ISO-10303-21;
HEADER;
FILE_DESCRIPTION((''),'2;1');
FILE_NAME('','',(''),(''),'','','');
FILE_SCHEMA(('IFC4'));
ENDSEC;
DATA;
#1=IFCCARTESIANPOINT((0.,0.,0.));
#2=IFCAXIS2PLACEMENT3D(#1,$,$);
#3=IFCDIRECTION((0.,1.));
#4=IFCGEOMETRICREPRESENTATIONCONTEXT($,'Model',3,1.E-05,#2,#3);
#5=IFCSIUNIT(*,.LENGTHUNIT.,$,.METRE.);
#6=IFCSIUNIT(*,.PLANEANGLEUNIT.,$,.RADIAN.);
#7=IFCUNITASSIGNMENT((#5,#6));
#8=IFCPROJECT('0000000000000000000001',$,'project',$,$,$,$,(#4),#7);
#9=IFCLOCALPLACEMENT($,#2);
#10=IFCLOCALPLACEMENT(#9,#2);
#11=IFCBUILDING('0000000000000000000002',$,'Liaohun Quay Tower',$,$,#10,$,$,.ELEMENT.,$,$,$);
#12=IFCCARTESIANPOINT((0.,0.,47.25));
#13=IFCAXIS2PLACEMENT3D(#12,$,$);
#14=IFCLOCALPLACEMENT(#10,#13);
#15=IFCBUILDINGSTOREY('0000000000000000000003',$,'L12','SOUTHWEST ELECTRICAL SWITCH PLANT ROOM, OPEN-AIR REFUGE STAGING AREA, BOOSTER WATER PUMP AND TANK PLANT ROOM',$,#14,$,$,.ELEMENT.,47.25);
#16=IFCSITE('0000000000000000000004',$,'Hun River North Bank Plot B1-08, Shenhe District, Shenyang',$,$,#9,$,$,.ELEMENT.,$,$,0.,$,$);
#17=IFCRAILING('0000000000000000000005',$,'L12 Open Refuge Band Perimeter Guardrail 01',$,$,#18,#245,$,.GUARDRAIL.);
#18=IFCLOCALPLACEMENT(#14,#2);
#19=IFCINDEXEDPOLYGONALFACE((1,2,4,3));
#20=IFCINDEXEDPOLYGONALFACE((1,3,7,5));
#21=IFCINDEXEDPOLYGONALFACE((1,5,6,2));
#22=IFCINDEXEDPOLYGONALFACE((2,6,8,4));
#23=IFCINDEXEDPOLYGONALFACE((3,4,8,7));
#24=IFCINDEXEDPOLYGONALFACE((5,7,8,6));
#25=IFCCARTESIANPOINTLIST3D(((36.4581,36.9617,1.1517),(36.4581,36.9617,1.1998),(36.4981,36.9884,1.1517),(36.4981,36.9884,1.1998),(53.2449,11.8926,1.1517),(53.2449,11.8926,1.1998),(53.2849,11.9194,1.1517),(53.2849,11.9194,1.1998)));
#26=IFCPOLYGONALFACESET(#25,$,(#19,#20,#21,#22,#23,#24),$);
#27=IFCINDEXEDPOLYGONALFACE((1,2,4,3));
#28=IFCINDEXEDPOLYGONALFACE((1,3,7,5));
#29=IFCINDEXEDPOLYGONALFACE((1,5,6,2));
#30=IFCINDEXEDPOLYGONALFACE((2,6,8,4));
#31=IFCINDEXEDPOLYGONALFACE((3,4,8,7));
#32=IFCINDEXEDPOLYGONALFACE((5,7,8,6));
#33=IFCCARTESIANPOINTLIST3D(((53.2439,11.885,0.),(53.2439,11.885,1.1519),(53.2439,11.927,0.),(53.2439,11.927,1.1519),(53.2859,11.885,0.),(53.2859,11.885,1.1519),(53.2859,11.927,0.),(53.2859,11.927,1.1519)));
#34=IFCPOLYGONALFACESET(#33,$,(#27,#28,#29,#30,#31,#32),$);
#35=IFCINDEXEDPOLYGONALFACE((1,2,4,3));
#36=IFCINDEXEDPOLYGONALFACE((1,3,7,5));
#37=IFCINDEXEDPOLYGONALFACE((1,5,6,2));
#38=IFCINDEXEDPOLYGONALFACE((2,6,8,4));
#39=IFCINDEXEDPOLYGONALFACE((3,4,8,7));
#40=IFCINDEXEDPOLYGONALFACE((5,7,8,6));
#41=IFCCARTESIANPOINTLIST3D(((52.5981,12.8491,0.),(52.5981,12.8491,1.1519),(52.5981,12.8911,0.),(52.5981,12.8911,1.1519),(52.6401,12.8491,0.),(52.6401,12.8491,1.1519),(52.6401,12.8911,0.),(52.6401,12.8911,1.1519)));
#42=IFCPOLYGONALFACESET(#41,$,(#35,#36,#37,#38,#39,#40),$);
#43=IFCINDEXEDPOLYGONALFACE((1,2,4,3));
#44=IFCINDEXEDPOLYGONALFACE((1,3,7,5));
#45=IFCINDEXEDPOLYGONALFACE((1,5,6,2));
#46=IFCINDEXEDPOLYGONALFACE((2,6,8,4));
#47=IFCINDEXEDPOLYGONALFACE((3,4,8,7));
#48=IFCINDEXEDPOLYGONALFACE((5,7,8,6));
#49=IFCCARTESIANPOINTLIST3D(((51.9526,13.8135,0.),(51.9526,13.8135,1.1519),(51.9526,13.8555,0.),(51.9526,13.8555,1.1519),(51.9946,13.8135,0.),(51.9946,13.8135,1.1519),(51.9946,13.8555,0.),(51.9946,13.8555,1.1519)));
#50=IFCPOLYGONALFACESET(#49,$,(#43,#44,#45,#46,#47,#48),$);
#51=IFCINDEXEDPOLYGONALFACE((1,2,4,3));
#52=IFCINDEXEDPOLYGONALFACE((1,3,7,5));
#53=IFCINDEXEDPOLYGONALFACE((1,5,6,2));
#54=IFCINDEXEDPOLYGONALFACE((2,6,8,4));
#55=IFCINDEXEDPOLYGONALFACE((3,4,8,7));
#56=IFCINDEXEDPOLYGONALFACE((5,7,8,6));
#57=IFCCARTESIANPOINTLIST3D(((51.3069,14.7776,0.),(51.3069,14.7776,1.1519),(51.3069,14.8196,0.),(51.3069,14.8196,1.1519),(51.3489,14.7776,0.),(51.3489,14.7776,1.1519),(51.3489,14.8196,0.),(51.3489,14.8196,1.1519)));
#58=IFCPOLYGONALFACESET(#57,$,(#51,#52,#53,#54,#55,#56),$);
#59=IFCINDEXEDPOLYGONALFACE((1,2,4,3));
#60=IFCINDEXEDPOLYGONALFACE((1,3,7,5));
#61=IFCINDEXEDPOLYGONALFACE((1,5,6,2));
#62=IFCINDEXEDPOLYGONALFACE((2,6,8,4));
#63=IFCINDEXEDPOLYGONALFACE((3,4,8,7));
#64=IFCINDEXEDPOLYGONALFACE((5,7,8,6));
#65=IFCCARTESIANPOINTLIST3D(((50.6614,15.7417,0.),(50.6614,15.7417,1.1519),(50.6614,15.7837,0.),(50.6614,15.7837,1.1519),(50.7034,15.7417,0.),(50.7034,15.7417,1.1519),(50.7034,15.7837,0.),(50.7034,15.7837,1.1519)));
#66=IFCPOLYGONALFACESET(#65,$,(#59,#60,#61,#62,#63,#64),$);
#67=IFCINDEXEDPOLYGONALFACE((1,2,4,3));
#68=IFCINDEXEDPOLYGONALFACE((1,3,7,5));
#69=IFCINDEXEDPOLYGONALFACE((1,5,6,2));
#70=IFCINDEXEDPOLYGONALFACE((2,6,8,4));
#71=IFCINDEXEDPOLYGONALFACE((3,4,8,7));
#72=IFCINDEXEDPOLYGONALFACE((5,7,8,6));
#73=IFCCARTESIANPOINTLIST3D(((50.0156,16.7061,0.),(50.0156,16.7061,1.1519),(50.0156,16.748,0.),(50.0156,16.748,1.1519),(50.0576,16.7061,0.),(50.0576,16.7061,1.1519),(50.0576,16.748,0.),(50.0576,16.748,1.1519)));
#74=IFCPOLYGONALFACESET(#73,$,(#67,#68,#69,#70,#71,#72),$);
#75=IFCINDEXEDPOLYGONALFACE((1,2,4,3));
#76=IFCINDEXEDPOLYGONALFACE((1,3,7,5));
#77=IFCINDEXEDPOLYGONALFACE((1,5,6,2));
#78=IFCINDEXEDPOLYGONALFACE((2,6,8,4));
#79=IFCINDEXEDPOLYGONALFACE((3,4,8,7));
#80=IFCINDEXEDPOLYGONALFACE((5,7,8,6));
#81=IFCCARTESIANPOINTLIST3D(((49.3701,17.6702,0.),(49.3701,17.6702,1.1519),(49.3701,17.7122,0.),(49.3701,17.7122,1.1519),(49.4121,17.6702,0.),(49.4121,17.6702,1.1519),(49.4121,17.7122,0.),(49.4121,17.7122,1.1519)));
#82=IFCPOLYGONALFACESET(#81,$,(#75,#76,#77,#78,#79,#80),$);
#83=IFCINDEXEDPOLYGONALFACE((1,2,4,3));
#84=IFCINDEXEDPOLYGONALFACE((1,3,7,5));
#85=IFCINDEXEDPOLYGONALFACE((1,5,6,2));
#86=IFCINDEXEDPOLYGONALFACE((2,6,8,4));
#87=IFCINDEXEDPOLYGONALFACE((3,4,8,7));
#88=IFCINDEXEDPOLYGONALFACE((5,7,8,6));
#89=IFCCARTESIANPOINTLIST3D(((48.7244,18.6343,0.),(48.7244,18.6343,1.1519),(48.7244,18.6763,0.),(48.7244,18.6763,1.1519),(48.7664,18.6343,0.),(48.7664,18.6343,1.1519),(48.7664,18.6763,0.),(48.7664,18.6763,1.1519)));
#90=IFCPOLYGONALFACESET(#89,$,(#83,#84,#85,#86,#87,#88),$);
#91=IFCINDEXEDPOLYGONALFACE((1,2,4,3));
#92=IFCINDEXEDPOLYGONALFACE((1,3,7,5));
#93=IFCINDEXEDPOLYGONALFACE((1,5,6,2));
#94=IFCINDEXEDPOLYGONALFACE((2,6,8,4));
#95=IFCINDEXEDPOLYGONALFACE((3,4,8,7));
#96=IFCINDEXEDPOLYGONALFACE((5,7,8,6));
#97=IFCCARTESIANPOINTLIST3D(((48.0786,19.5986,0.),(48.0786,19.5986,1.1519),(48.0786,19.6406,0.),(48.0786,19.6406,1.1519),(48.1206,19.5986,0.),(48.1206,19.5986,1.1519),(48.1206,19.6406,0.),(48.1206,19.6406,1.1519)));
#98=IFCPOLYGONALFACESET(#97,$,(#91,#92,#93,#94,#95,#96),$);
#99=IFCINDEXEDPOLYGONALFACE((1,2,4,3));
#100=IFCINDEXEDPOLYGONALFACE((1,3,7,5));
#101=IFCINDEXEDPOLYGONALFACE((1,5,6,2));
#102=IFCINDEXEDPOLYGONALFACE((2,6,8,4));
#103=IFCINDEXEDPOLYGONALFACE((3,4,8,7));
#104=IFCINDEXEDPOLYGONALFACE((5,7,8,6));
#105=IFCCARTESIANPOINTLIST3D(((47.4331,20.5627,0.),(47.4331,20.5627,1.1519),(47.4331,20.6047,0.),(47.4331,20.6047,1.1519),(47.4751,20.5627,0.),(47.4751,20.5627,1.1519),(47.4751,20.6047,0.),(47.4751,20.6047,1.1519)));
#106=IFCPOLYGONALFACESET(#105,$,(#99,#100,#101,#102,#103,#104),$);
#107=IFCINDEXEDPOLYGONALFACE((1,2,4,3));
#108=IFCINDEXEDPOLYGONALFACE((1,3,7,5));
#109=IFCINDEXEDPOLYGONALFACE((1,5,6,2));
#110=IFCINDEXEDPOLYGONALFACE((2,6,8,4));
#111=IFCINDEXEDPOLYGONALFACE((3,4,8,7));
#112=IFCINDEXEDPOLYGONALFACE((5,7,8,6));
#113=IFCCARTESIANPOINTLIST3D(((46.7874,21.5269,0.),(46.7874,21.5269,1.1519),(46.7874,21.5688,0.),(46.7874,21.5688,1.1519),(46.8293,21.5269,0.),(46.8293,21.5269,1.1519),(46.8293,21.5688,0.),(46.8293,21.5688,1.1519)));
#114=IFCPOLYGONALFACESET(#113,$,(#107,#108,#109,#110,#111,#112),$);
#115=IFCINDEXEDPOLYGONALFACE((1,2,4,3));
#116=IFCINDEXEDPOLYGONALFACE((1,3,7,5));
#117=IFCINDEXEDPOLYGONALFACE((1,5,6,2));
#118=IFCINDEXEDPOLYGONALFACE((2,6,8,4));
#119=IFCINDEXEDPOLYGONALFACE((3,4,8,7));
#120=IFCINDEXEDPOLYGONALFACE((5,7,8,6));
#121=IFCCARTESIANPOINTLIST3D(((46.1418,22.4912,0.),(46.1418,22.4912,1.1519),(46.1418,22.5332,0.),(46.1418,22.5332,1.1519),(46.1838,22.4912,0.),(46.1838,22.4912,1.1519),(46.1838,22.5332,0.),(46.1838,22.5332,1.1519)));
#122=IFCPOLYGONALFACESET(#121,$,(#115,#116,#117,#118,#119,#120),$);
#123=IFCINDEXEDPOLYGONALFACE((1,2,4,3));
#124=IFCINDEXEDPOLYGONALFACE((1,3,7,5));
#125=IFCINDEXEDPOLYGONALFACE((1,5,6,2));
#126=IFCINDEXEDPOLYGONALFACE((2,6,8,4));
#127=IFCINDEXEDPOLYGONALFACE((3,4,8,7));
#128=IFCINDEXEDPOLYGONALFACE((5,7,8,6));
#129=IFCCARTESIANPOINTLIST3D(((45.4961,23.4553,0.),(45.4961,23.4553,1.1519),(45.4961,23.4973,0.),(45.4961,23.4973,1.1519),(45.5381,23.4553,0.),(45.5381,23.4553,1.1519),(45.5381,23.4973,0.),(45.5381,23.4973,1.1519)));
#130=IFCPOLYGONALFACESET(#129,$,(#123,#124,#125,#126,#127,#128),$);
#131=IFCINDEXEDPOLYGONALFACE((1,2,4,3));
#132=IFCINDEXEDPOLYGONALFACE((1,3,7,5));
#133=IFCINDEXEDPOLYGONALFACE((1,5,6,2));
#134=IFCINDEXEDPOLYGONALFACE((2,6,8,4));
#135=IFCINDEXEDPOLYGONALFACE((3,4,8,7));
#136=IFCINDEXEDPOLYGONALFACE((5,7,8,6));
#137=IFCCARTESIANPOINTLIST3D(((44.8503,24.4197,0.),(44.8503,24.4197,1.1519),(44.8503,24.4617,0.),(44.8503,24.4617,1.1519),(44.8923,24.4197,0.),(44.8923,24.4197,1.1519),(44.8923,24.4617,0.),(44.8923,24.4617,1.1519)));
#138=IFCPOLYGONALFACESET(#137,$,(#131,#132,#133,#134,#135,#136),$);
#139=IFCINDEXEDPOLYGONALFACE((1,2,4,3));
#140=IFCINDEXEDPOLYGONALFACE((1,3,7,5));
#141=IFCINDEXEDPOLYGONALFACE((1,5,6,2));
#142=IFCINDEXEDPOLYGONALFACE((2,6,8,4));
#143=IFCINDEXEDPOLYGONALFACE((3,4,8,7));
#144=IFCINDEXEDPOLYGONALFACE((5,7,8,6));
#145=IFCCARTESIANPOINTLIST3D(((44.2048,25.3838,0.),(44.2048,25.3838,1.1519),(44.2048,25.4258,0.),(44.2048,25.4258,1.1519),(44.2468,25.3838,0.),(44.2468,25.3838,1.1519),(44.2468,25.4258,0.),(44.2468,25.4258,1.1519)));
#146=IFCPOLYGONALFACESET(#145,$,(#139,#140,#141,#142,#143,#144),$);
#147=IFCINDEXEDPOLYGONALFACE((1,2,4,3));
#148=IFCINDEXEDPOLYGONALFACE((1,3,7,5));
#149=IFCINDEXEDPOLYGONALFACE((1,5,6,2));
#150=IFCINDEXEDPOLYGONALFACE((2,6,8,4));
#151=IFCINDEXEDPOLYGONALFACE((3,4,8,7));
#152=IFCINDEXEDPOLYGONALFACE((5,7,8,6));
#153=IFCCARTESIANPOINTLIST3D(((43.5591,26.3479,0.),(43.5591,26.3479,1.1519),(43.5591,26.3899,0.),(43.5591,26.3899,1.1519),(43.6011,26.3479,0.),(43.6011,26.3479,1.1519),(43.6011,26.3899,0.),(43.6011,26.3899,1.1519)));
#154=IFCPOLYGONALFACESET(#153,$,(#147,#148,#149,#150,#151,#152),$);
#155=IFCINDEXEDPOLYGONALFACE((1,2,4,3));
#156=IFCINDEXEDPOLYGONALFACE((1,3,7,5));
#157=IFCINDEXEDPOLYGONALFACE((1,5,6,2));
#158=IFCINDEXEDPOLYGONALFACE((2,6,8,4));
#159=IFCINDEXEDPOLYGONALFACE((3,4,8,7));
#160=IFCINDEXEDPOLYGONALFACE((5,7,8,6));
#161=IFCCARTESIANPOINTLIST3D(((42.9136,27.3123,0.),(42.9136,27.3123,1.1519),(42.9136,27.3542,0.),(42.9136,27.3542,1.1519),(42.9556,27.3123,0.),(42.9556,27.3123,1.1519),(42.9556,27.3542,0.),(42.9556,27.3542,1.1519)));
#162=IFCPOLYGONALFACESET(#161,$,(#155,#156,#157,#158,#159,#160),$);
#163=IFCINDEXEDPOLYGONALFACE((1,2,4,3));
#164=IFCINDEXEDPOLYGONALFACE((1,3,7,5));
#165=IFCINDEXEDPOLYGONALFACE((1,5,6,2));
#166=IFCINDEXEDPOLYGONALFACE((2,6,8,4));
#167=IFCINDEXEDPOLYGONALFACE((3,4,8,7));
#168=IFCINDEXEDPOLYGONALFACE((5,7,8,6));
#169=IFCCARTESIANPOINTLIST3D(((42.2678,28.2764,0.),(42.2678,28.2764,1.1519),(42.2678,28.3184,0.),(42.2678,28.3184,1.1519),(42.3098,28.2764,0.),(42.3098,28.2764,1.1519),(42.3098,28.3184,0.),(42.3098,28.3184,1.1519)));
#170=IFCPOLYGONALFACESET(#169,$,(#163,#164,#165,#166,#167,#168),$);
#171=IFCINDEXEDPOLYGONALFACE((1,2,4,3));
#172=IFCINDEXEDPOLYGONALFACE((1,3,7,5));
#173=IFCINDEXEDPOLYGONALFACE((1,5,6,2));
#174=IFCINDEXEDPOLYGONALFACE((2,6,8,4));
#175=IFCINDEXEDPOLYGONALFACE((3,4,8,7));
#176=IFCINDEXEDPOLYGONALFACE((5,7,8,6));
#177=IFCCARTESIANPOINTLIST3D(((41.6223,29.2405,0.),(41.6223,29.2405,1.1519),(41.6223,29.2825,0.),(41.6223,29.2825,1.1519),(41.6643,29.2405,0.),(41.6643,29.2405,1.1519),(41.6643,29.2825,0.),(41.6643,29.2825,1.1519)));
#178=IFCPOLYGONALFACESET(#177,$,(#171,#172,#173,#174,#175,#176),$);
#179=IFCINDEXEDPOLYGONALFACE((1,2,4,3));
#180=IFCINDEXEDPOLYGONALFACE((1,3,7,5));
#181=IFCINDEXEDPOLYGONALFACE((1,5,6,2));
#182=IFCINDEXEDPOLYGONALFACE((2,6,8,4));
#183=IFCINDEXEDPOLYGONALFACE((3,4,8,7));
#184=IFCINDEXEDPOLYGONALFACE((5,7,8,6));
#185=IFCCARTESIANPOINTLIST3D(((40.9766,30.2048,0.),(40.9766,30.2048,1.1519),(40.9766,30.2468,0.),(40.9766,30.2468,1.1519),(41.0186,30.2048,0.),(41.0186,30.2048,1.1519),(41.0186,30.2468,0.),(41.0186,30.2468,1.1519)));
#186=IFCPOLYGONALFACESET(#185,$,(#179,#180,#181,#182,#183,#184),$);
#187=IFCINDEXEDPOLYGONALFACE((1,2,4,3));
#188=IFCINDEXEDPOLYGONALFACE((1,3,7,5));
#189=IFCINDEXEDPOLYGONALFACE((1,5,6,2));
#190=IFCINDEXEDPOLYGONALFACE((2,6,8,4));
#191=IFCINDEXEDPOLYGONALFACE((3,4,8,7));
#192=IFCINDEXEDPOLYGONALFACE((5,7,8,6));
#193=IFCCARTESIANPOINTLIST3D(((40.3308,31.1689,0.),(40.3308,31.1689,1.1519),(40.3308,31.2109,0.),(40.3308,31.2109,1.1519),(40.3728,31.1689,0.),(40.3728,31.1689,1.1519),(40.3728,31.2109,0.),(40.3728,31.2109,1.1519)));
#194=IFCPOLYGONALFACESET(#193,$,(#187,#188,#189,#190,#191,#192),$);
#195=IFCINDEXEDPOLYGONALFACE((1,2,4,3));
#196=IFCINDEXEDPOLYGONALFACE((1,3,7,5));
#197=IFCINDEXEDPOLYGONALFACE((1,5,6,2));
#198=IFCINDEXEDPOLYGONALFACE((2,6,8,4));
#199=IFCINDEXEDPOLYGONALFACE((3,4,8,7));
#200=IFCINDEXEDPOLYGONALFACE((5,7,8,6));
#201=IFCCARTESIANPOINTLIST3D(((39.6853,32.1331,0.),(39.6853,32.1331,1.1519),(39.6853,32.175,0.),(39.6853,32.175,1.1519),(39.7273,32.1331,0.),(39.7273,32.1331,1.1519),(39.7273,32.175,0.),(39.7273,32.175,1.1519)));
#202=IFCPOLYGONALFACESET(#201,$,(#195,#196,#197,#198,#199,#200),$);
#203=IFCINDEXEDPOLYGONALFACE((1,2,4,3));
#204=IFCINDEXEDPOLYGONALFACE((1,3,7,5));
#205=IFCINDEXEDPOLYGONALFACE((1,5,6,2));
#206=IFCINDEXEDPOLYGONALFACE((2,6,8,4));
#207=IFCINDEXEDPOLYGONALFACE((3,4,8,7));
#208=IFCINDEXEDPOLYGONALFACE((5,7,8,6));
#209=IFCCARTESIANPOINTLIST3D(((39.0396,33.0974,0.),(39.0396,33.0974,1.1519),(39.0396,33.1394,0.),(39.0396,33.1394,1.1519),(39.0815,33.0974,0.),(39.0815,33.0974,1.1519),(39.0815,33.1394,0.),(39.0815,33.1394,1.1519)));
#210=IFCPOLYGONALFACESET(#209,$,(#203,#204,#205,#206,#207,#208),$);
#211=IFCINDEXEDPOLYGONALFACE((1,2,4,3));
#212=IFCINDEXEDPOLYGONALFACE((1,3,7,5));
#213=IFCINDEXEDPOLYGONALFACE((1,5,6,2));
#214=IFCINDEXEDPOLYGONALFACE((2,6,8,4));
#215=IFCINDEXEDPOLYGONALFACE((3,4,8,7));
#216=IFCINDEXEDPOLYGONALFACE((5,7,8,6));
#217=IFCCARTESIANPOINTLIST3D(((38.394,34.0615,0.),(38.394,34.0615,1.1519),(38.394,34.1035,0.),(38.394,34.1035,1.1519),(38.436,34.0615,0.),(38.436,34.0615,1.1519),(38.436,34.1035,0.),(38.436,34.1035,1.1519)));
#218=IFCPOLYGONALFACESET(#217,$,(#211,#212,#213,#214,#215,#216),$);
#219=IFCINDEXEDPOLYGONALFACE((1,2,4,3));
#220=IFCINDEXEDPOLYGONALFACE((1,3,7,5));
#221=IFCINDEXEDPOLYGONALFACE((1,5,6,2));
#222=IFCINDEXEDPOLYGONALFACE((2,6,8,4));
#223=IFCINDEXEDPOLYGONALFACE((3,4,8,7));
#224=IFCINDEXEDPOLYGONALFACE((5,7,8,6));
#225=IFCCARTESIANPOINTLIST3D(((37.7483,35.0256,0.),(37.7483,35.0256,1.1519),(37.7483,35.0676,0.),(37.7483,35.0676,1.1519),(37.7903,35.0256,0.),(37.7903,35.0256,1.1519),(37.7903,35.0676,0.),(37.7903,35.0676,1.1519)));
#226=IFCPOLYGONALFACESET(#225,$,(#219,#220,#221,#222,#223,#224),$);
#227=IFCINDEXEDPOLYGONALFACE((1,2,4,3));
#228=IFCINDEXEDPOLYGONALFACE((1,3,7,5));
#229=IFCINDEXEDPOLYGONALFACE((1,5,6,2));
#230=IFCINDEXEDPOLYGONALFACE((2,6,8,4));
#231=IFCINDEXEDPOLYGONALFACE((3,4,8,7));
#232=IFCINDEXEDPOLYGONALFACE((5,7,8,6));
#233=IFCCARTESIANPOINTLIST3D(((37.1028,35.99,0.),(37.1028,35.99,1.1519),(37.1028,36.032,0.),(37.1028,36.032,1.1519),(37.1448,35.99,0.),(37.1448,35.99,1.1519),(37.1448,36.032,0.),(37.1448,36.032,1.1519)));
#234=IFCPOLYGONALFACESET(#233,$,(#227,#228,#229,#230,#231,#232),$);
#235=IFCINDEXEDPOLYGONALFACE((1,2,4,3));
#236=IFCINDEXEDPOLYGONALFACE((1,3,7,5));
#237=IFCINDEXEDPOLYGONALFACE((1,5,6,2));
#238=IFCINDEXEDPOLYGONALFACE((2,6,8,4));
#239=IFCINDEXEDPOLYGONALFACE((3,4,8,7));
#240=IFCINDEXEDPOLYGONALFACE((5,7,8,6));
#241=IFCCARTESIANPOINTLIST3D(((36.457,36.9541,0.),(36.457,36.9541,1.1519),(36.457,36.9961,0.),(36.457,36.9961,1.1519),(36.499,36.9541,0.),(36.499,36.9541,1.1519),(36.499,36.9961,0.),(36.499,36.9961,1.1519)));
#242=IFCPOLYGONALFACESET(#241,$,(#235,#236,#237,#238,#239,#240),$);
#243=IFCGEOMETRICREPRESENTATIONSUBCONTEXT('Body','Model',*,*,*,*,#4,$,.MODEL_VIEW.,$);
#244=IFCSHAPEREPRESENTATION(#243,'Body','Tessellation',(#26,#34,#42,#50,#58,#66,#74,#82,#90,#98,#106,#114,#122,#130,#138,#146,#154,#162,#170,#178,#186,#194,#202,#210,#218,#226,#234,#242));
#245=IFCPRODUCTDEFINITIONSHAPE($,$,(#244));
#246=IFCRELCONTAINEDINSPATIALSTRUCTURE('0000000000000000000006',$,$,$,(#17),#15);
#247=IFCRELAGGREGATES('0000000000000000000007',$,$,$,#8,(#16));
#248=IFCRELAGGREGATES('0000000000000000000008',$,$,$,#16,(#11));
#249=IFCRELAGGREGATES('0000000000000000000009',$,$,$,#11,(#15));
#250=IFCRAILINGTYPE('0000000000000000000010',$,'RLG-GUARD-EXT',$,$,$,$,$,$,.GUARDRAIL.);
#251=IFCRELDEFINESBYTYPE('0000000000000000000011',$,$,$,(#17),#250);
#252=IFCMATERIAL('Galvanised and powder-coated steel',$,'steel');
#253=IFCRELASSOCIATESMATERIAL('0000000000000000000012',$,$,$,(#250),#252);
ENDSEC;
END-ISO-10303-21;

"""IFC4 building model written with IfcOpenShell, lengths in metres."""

from ifc_helpers import new_model, si_unit, direction, frame, origin, origin_2d, place, context, subcontext, project, spatial, rectangle, extrude, material, type_object, element, save


model = new_model("IFC4")

# Units and contexts
model_context = context("Model", 3, precision=1e-05, world=origin(), true_north=direction((0.0, 1.0)))
body_context = subcontext(model_context, "Body", "Model", "MODEL_VIEW")
ifc_project = project(units=[si_unit("LENGTHUNIT", "METRE"), si_unit("PLANEANGLEUNIT", "RADIAN")], contexts=[model_context])

# Site, building, storey
site_placement = place(None, origin())
site = spatial("IfcSite", under=ifc_project, at=site_placement, Name="Hun River North Bank Plot B1-08, Shenhe District, Shenyang", CompositionType="ELEMENT", RefElevation=0.0)
building_placement = place(site_placement, origin())
building = spatial("IfcBuilding", under=site, at=building_placement, Name="Liaohun Quay Tower", CompositionType="ELEMENT")
storey_placement = place(building_placement, frame((0.0, 0.0, 47.25)))
storey = spatial("IfcBuildingStorey", under=building, at=storey_placement, Name="L12", Description="SOUTHWEST ELECTRICAL SWITCH PLANT ROOM, OPEN-AIR REFUGE STAGING AREA, BOOSTER WATER PUMP AND TANK PLANT ROOM", CompositionType="ELEMENT", Elevation=47.25)

# Railing
ifc_material_1 = material(Name="Galvanised and powder-coated steel", Category="steel")
railing_type = type_object("IfcRailingType", Name="RLG-GUARD-EXT", PredefinedType="GUARDRAIL", material=ifc_material_1)
railing_placement = place(storey_placement, frame((53.2649, 11.906, 0.0)))
element("IfcRailing", 1, at=railing_placement, inside=storey, type_object=railing_type, Name="L12 Open Refuge Band Perimeter Guardrail 01", PredefinedType="GUARDRAIL", context=body_context, shape_type="SweptSolid", body=[
    extrude(rectangle(XDim=0.0481, YDim=0.0481, at=origin_2d()), frame((0.0, 0.0, 1.1758), z_axis=(-0.5564, 0.830914, 0.0), x_axis=(-0.830914, -0.5564, 0.0)), (0.0, 0.0, 1.0), 30.1704),
    extrude(rectangle(XDim=0.042, YDim=0.042, at=origin_2d()), origin(), (0.0, 0.0, 1.0), 1.1519),
    extrude(rectangle(XDim=0.042, YDim=0.042, at=origin_2d()), frame((-0.6458, 0.9641, 0.0)), (0.0, 0.0, 1.0), 1.1519),
    extrude(rectangle(XDim=0.042, YDim=0.042, at=origin_2d()), frame((-1.2913, 1.9285, 0.0)), (0.0, 0.0, 1.0), 1.1519),
    extrude(rectangle(XDim=0.042, YDim=0.042, at=origin_2d()), frame((-1.937, 2.8926, 0.0)), (0.0, 0.0, 1.0), 1.1519),
    extrude(rectangle(XDim=0.042, YDim=0.042, at=origin_2d()), frame((-2.5825, 3.8567, 0.0)), (0.0, 0.0, 1.0), 1.1519),
    extrude(rectangle(XDim=0.042, YDim=0.042, at=origin_2d()), frame((-3.2283, 4.821, 0.0)), (0.0, 0.0, 1.0), 1.1519),
    extrude(rectangle(XDim=0.042, YDim=0.042, at=origin_2d()), frame((-3.8738, 5.7852, 0.0)), (0.0, 0.0, 1.0), 1.1519),
    extrude(rectangle(XDim=0.042, YDim=0.042, at=origin_2d()), frame((-4.5195, 6.7493, 0.0)), (0.0, 0.0, 1.0), 1.1519),
    extrude(rectangle(XDim=0.042, YDim=0.042, at=origin_2d()), frame((-5.1653, 7.7136, 0.0)), (0.0, 0.0, 1.0), 1.1519),
    extrude(rectangle(XDim=0.042, YDim=0.042, at=origin_2d()), frame((-5.8108, 8.6777, 0.0)), (0.0, 0.0, 1.0), 1.1519),
    extrude(rectangle(XDim=0.042, YDim=0.042, at=origin_2d()), frame((-6.4565, 9.6418, 0.0)), (0.0, 0.0, 1.0), 1.1519),
    extrude(rectangle(XDim=0.042, YDim=0.042, at=origin_2d()), frame((-7.1021, 10.6062, 0.0)), (0.0, 0.0, 1.0), 1.1519),
    extrude(rectangle(XDim=0.042, YDim=0.042, at=origin_2d()), frame((-7.7478, 11.5703, 0.0)), (0.0, 0.0, 1.0), 1.1519),
    extrude(rectangle(XDim=0.042, YDim=0.042, at=origin_2d()), frame((-8.3936, 12.5347, 0.0)), (0.0, 0.0, 1.0), 1.1519),
    extrude(rectangle(XDim=0.042, YDim=0.042, at=origin_2d()), frame((-9.0391, 13.4988, 0.0)), (0.0, 0.0, 1.0), 1.1519),
    extrude(rectangle(XDim=0.042, YDim=0.042, at=origin_2d()), frame((-9.6848, 14.4629, 0.0)), (0.0, 0.0, 1.0), 1.1519),
    extrude(rectangle(XDim=0.042, YDim=0.042, at=origin_2d()), frame((-10.3303, 15.4272, 0.0)), (0.0, 0.0, 1.0), 1.1519),
    extrude(rectangle(XDim=0.042, YDim=0.042, at=origin_2d()), frame((-10.9761, 16.3914, 0.0)), (0.0, 0.0, 1.0), 1.1519),
    extrude(rectangle(XDim=0.042, YDim=0.042, at=origin_2d()), frame((-11.6216, 17.3555, 0.0)), (0.0, 0.0, 1.0), 1.1519),
    extrude(rectangle(XDim=0.042, YDim=0.042, at=origin_2d()), frame((-12.2673, 18.3198, 0.0)), (0.0, 0.0, 1.0), 1.1519),
    extrude(rectangle(XDim=0.042, YDim=0.042, at=origin_2d()), frame((-12.9131, 19.2839, 0.0)), (0.0, 0.0, 1.0), 1.1519),
    extrude(rectangle(XDim=0.042, YDim=0.042, at=origin_2d()), frame((-13.5586, 20.248, 0.0)), (0.0, 0.0, 1.0), 1.1519),
    extrude(rectangle(XDim=0.042, YDim=0.042, at=origin_2d()), frame((-14.2043, 21.2124, 0.0)), (0.0, 0.0, 1.0), 1.1519),
    extrude(rectangle(XDim=0.042, YDim=0.042, at=origin_2d()), frame((-14.8499, 22.1765, 0.0)), (0.0, 0.0, 1.0), 1.1519),
    extrude(rectangle(XDim=0.042, YDim=0.042, at=origin_2d()), frame((-15.4956, 23.1406, 0.0)), (0.0, 0.0, 1.0), 1.1519),
    extrude(rectangle(XDim=0.042, YDim=0.042, at=origin_2d()), frame((-16.1411, 24.105, 0.0)), (0.0, 0.0, 1.0), 1.1519),
    extrude(rectangle(XDim=0.042, YDim=0.042, at=origin_2d()), frame((-16.7869, 25.0691, 0.0)), (0.0, 0.0, 1.0), 1.1519),
])

save(model, "model.ifc")
